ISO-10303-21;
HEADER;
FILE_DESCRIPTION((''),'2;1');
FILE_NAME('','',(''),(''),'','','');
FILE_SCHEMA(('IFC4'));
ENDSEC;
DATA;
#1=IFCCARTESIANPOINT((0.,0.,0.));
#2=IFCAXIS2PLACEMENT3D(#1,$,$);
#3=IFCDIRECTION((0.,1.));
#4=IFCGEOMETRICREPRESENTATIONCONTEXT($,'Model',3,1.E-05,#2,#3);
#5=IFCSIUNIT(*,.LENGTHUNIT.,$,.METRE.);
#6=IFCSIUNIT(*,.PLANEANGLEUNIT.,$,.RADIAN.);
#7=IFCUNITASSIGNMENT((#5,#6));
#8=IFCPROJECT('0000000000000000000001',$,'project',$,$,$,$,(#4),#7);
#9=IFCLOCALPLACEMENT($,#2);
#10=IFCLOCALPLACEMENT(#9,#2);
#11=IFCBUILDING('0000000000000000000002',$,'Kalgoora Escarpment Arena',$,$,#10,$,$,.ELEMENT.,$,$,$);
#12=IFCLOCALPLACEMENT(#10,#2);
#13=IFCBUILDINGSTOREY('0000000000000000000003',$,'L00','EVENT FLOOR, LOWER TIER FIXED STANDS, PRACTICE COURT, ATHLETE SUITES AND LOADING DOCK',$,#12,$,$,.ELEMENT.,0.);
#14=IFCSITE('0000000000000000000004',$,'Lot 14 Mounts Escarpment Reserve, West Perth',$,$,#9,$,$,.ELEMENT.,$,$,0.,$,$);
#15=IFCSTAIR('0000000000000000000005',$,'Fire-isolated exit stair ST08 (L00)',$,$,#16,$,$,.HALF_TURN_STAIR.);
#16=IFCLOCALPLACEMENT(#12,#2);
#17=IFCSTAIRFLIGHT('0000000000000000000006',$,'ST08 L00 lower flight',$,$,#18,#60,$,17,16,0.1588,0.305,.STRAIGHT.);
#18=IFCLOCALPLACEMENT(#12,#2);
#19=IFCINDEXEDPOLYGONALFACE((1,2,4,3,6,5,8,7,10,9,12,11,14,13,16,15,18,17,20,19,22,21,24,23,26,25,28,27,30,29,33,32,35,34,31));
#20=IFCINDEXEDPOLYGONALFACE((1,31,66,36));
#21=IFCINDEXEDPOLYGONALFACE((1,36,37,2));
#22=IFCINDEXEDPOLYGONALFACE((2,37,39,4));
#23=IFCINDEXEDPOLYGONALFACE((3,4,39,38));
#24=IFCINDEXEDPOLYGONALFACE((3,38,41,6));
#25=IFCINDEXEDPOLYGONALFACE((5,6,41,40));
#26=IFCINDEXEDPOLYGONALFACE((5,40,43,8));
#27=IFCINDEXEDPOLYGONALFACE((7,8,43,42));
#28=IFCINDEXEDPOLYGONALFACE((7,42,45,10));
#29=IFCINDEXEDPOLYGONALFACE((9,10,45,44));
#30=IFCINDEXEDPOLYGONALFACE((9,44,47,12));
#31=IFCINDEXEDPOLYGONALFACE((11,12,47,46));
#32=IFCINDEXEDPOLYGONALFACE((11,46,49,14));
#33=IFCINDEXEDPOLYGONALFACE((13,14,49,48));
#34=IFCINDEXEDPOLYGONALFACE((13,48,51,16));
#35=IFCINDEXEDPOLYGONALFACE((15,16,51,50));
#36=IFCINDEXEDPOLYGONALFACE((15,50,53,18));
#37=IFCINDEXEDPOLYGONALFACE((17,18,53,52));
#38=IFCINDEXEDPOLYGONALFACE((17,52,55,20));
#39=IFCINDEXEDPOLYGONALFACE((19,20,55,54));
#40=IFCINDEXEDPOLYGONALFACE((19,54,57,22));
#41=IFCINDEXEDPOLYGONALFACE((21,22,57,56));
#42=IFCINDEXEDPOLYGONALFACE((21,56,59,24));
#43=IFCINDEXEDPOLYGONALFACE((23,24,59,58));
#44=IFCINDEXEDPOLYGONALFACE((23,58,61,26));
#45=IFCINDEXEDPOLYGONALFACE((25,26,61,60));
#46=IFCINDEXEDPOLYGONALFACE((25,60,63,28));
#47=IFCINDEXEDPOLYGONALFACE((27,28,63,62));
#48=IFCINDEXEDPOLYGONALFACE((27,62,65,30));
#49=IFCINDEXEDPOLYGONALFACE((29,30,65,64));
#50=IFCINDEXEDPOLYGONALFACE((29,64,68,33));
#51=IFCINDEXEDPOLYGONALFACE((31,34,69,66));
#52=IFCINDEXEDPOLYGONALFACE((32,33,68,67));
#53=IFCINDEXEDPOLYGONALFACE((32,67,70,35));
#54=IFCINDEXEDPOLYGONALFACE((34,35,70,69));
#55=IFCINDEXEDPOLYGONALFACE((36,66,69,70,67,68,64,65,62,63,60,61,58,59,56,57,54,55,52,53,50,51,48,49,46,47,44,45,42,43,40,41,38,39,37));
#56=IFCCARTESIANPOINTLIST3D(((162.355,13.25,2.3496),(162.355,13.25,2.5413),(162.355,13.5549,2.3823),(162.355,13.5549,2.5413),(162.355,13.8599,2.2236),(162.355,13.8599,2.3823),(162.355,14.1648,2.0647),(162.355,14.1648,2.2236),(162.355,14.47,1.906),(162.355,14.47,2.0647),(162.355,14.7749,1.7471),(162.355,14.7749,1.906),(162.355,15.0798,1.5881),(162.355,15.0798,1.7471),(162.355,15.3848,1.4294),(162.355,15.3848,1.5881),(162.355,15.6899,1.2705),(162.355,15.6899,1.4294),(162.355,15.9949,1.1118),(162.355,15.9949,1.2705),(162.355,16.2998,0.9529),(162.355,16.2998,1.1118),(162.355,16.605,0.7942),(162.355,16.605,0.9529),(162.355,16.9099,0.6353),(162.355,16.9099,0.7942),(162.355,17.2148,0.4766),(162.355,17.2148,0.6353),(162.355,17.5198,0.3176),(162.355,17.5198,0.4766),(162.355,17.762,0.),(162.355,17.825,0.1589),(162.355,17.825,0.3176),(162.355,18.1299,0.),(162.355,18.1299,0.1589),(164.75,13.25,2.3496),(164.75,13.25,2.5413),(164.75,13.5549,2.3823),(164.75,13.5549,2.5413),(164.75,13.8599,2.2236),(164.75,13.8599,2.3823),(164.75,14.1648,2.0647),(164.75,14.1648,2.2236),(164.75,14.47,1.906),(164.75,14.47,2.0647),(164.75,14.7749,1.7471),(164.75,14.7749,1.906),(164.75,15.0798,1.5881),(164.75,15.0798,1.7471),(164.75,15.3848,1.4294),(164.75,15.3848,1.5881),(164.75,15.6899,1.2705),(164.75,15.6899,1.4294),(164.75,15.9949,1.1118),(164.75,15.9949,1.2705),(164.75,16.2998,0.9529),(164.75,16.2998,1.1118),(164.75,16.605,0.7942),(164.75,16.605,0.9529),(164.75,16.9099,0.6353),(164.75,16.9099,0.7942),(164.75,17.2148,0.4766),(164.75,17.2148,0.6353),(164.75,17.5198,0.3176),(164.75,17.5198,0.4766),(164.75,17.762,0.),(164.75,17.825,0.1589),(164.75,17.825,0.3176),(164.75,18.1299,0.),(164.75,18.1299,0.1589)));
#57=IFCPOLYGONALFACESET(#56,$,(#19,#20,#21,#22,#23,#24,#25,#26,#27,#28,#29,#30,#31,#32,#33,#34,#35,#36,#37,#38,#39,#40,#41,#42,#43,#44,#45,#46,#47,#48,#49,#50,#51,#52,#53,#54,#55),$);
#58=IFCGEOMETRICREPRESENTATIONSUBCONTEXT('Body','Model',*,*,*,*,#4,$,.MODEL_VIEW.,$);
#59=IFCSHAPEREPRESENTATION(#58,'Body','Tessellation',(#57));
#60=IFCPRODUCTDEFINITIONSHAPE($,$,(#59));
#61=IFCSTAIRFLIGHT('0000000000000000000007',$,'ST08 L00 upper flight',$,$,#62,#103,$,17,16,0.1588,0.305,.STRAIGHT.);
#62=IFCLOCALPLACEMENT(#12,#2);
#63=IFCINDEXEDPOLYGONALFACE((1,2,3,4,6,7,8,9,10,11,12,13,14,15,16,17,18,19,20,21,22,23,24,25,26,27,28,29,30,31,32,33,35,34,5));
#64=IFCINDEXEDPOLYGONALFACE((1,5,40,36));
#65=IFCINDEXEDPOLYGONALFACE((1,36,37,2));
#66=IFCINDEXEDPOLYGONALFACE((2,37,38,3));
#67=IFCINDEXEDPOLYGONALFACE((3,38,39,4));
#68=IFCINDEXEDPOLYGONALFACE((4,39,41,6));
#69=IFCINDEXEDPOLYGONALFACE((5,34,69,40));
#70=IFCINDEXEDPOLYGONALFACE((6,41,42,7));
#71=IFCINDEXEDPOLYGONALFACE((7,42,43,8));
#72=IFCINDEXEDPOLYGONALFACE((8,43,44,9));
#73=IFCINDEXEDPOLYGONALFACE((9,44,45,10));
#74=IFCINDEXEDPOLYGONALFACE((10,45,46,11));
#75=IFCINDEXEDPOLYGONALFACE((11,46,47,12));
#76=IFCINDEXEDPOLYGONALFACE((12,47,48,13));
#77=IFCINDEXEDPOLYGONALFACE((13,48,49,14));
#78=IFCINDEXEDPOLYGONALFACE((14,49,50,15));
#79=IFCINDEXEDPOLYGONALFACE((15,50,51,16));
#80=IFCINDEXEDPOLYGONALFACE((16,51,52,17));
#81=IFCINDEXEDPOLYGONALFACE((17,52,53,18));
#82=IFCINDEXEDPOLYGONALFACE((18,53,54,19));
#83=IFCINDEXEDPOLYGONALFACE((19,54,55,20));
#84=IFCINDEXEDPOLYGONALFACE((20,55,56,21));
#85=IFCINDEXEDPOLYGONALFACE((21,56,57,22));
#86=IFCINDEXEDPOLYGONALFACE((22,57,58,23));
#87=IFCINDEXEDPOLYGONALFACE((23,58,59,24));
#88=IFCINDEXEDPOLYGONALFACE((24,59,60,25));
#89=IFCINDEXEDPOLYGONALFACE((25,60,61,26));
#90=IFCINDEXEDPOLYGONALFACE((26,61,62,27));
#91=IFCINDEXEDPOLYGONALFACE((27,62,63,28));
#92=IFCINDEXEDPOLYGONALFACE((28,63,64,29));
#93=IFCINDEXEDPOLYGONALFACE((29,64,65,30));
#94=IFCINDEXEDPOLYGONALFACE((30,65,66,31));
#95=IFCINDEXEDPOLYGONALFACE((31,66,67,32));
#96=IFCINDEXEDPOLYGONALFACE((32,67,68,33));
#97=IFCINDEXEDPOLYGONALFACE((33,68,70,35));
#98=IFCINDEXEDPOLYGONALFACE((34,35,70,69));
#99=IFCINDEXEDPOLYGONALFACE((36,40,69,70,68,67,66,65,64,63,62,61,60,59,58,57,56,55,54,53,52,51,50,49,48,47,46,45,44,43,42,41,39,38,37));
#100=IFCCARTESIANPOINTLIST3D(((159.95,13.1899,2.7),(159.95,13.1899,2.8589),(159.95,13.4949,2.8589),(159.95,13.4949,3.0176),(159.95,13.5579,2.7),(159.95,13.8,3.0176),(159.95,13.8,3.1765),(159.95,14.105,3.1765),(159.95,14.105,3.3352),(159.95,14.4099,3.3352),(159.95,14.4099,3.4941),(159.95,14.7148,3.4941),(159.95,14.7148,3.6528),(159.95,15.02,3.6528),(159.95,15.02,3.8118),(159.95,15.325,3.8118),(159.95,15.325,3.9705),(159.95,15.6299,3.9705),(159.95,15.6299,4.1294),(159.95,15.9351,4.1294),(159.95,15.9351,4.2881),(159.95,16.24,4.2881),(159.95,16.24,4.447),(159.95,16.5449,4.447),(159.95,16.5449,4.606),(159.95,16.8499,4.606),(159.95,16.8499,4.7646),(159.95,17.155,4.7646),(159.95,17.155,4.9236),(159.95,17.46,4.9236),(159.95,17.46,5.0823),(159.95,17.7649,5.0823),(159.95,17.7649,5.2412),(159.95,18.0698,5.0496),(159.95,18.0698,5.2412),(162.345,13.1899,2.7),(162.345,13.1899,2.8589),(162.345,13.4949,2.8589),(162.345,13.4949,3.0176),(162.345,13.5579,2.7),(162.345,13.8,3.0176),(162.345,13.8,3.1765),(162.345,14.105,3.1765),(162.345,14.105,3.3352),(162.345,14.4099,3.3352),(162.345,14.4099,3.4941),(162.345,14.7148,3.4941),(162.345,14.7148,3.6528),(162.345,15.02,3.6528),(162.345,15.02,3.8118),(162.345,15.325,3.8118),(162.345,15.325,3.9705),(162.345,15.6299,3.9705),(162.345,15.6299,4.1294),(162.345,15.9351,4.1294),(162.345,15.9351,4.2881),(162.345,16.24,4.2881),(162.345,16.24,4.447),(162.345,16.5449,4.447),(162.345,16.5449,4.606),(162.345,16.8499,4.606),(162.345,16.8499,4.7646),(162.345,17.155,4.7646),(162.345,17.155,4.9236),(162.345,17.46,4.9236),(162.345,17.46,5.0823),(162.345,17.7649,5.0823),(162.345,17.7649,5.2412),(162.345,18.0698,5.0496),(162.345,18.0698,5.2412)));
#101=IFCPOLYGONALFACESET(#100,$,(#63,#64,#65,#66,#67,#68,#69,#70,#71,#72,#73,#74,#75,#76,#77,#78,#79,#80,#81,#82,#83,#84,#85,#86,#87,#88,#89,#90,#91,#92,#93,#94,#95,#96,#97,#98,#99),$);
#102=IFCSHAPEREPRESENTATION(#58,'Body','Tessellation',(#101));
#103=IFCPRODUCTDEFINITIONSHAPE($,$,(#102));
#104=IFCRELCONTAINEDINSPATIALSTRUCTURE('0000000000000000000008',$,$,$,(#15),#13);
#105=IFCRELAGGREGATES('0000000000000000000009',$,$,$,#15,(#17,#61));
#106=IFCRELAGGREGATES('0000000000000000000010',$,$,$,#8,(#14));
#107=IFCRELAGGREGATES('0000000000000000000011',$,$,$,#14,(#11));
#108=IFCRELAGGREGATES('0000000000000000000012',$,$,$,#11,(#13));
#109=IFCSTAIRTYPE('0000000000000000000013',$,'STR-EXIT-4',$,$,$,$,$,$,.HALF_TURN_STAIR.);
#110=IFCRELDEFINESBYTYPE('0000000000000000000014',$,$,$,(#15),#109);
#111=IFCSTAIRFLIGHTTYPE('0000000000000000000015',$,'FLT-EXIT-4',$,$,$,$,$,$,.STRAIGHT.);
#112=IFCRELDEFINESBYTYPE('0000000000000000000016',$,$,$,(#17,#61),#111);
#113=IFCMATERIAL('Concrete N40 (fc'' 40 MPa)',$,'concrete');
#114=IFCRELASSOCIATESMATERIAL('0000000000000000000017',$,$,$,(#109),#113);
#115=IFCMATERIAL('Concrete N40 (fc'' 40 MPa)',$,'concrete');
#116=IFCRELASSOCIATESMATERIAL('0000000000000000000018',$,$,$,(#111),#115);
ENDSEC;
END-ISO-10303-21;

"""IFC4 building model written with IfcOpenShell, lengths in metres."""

from ifc_helpers import new_model, si_unit, direction, frame, origin, place, context, subcontext, project, spatial, polyline, outline, extrude, material, type_object, element, aggregate, save


model = new_model("IFC4")

# Units and contexts
model_context = context("Model", 3, precision=1e-05, world=origin(), true_north=direction((0.0, 1.0)))
body_context = subcontext(model_context, "Body", "Model", "MODEL_VIEW")
ifc_project = project(units=[si_unit("LENGTHUNIT", "METRE"), si_unit("PLANEANGLEUNIT", "RADIAN")], contexts=[model_context])

# Site, building, storey
site_placement = place(None, origin())
site = spatial("IfcSite", under=ifc_project, at=site_placement, Name="Lot 14 Mounts Escarpment Reserve, West Perth", CompositionType="ELEMENT", RefElevation=0.0)
building_placement = place(site_placement, origin())
building = spatial("IfcBuilding", under=site, at=building_placement, Name="Kalgoora Escarpment Arena", CompositionType="ELEMENT")
storey_placement = place(building_placement, origin())
storey = spatial("IfcBuildingStorey", under=building, at=storey_placement, Name="L00", Description="EVENT FLOOR, LOWER TIER FIXED STANDS, PRACTICE COURT, ATHLETE SUITES AND LOADING DOCK", CompositionType="ELEMENT", Elevation=0.0)

# Stair, stair flights
ifc_material_1 = material(Name="Concrete N40 (fc' 40 MPa)", Category="concrete")
stair_type = type_object("IfcStairType", Name="STR-EXIT-4", PredefinedType="HALF_TURN_STAIR", material=ifc_material_1)
stair_placement = place(storey_placement, origin())
stair = element("IfcStair", 1, at=stair_placement, inside=storey, type_object=stair_type, Name="Fire-isolated exit stair ST08 (L00)", PredefinedType="HALF_TURN_STAIR")
ifc_material_2 = material(Name="Concrete N40 (fc' 40 MPa)", Category="concrete")
stair_flight_type = type_object("IfcStairFlightType", Name="FLT-EXIT-4", PredefinedType="STRAIGHT", material=ifc_material_2)
stair_flight_1_placement = place(storey_placement, frame((163.5525, 18.1299, 0.0), z_axis=(0.0, 0.0, 1.0), x_axis=(0.0, -1.0, 0.0)))
stair_flight_1 = element("IfcStairFlight", 2, at=stair_flight_1_placement, type_object=stair_flight_type, Name="ST08 L00 lower flight", NumberOfRisers=17, NumberOfTreads=16, PredefinedType="STRAIGHT", RiserHeight=0.1588, TreadLength=0.305, context=body_context, shape_type="SweptSolid", body=[
    extrude(outline(polyline([(0.0, 0.0), (0.0, 0.1589), (0.3049, 0.1589), (0.3049, 0.3176), (0.6101, 0.3176), (0.6101, 0.4766), (0.915, 0.4766), (0.915, 0.6353), (1.22, 0.6353), (1.22, 0.7942), (1.5249, 0.7942), (1.5249, 0.9529), (1.8301, 0.9529), (1.8301, 1.1118), (2.135, 1.1118), (2.135, 1.2705), (2.4399, 1.2705), (2.4399, 1.4294), (2.7451, 1.4294), (2.7451, 1.5881), (3.05, 1.5881), (3.05, 1.7471), (3.355, 1.7471), (3.355, 1.906), (3.6599, 1.906), (3.6599, 2.0647), (3.9651, 2.0647), (3.9651, 2.2236), (4.27, 2.2236), (4.27, 2.3823), (4.575, 2.3823), (4.575, 2.5413), (4.8799, 2.5413), (4.8799, 2.7), (4.8799, 2.3496), (0.3679, 0.0), (0.0, 0.0)])), frame((0.0, 1.1975, 0.0), z_axis=(0.0, -1.0, 0.0), x_axis=(1.0, 0.0, 0.0)), (0.0, 0.0, 1.0), 2.395),
])
stair_flight_2_placement = place(storey_placement, frame((161.1475, 13.1899, 2.7), z_axis=(0.0, 0.0, 1.0), x_axis=(0.0, 1.0, 0.0)))
stair_flight_2 = element("IfcStairFlight", 3, at=stair_flight_2_placement, type_object=stair_flight_type, Name="ST08 L00 upper flight", NumberOfRisers=17, NumberOfTreads=16, PredefinedType="STRAIGHT", RiserHeight=0.1588, TreadLength=0.305, context=body_context, shape_type="SweptSolid", body=[
    extrude(outline(polyline([(0.0, 0.0), (0.0, 0.1589), (0.3049, 0.1589), (0.3049, 0.3176), (0.6101, 0.3176), (0.6101, 0.4766), (0.915, 0.4766), (0.915, 0.6353), (1.22, 0.6353), (1.22, 0.7942), (1.5249, 0.7942), (1.5249, 0.9529), (1.8301, 0.9529), (1.8301, 1.1118), (2.135, 1.1118), (2.135, 1.2705), (2.4399, 1.2705), (2.4399, 1.4294), (2.7451, 1.4294), (2.7451, 1.5881), (3.05, 1.5881), (3.05, 1.7471), (3.355, 1.7471), (3.355, 1.906), (3.6599, 1.906), (3.6599, 2.0647), (3.9651, 2.0647), (3.9651, 2.2236), (4.27, 2.2236), (4.27, 2.3823), (4.575, 2.3823), (4.575, 2.5413), (4.8799, 2.5413), (4.8799, 2.7), (4.8799, 2.3496), (0.3679, 0.0), (0.0, 0.0)])), frame((0.0, 1.1975, 0.0), z_axis=(0.0, -1.0, 0.0), x_axis=(1.0, 0.0, 0.0)), (0.0, 0.0, 1.0), 2.395),
])
aggregate(stair, [stair_flight_1, stair_flight_2])

save(model, "model.ifc")
